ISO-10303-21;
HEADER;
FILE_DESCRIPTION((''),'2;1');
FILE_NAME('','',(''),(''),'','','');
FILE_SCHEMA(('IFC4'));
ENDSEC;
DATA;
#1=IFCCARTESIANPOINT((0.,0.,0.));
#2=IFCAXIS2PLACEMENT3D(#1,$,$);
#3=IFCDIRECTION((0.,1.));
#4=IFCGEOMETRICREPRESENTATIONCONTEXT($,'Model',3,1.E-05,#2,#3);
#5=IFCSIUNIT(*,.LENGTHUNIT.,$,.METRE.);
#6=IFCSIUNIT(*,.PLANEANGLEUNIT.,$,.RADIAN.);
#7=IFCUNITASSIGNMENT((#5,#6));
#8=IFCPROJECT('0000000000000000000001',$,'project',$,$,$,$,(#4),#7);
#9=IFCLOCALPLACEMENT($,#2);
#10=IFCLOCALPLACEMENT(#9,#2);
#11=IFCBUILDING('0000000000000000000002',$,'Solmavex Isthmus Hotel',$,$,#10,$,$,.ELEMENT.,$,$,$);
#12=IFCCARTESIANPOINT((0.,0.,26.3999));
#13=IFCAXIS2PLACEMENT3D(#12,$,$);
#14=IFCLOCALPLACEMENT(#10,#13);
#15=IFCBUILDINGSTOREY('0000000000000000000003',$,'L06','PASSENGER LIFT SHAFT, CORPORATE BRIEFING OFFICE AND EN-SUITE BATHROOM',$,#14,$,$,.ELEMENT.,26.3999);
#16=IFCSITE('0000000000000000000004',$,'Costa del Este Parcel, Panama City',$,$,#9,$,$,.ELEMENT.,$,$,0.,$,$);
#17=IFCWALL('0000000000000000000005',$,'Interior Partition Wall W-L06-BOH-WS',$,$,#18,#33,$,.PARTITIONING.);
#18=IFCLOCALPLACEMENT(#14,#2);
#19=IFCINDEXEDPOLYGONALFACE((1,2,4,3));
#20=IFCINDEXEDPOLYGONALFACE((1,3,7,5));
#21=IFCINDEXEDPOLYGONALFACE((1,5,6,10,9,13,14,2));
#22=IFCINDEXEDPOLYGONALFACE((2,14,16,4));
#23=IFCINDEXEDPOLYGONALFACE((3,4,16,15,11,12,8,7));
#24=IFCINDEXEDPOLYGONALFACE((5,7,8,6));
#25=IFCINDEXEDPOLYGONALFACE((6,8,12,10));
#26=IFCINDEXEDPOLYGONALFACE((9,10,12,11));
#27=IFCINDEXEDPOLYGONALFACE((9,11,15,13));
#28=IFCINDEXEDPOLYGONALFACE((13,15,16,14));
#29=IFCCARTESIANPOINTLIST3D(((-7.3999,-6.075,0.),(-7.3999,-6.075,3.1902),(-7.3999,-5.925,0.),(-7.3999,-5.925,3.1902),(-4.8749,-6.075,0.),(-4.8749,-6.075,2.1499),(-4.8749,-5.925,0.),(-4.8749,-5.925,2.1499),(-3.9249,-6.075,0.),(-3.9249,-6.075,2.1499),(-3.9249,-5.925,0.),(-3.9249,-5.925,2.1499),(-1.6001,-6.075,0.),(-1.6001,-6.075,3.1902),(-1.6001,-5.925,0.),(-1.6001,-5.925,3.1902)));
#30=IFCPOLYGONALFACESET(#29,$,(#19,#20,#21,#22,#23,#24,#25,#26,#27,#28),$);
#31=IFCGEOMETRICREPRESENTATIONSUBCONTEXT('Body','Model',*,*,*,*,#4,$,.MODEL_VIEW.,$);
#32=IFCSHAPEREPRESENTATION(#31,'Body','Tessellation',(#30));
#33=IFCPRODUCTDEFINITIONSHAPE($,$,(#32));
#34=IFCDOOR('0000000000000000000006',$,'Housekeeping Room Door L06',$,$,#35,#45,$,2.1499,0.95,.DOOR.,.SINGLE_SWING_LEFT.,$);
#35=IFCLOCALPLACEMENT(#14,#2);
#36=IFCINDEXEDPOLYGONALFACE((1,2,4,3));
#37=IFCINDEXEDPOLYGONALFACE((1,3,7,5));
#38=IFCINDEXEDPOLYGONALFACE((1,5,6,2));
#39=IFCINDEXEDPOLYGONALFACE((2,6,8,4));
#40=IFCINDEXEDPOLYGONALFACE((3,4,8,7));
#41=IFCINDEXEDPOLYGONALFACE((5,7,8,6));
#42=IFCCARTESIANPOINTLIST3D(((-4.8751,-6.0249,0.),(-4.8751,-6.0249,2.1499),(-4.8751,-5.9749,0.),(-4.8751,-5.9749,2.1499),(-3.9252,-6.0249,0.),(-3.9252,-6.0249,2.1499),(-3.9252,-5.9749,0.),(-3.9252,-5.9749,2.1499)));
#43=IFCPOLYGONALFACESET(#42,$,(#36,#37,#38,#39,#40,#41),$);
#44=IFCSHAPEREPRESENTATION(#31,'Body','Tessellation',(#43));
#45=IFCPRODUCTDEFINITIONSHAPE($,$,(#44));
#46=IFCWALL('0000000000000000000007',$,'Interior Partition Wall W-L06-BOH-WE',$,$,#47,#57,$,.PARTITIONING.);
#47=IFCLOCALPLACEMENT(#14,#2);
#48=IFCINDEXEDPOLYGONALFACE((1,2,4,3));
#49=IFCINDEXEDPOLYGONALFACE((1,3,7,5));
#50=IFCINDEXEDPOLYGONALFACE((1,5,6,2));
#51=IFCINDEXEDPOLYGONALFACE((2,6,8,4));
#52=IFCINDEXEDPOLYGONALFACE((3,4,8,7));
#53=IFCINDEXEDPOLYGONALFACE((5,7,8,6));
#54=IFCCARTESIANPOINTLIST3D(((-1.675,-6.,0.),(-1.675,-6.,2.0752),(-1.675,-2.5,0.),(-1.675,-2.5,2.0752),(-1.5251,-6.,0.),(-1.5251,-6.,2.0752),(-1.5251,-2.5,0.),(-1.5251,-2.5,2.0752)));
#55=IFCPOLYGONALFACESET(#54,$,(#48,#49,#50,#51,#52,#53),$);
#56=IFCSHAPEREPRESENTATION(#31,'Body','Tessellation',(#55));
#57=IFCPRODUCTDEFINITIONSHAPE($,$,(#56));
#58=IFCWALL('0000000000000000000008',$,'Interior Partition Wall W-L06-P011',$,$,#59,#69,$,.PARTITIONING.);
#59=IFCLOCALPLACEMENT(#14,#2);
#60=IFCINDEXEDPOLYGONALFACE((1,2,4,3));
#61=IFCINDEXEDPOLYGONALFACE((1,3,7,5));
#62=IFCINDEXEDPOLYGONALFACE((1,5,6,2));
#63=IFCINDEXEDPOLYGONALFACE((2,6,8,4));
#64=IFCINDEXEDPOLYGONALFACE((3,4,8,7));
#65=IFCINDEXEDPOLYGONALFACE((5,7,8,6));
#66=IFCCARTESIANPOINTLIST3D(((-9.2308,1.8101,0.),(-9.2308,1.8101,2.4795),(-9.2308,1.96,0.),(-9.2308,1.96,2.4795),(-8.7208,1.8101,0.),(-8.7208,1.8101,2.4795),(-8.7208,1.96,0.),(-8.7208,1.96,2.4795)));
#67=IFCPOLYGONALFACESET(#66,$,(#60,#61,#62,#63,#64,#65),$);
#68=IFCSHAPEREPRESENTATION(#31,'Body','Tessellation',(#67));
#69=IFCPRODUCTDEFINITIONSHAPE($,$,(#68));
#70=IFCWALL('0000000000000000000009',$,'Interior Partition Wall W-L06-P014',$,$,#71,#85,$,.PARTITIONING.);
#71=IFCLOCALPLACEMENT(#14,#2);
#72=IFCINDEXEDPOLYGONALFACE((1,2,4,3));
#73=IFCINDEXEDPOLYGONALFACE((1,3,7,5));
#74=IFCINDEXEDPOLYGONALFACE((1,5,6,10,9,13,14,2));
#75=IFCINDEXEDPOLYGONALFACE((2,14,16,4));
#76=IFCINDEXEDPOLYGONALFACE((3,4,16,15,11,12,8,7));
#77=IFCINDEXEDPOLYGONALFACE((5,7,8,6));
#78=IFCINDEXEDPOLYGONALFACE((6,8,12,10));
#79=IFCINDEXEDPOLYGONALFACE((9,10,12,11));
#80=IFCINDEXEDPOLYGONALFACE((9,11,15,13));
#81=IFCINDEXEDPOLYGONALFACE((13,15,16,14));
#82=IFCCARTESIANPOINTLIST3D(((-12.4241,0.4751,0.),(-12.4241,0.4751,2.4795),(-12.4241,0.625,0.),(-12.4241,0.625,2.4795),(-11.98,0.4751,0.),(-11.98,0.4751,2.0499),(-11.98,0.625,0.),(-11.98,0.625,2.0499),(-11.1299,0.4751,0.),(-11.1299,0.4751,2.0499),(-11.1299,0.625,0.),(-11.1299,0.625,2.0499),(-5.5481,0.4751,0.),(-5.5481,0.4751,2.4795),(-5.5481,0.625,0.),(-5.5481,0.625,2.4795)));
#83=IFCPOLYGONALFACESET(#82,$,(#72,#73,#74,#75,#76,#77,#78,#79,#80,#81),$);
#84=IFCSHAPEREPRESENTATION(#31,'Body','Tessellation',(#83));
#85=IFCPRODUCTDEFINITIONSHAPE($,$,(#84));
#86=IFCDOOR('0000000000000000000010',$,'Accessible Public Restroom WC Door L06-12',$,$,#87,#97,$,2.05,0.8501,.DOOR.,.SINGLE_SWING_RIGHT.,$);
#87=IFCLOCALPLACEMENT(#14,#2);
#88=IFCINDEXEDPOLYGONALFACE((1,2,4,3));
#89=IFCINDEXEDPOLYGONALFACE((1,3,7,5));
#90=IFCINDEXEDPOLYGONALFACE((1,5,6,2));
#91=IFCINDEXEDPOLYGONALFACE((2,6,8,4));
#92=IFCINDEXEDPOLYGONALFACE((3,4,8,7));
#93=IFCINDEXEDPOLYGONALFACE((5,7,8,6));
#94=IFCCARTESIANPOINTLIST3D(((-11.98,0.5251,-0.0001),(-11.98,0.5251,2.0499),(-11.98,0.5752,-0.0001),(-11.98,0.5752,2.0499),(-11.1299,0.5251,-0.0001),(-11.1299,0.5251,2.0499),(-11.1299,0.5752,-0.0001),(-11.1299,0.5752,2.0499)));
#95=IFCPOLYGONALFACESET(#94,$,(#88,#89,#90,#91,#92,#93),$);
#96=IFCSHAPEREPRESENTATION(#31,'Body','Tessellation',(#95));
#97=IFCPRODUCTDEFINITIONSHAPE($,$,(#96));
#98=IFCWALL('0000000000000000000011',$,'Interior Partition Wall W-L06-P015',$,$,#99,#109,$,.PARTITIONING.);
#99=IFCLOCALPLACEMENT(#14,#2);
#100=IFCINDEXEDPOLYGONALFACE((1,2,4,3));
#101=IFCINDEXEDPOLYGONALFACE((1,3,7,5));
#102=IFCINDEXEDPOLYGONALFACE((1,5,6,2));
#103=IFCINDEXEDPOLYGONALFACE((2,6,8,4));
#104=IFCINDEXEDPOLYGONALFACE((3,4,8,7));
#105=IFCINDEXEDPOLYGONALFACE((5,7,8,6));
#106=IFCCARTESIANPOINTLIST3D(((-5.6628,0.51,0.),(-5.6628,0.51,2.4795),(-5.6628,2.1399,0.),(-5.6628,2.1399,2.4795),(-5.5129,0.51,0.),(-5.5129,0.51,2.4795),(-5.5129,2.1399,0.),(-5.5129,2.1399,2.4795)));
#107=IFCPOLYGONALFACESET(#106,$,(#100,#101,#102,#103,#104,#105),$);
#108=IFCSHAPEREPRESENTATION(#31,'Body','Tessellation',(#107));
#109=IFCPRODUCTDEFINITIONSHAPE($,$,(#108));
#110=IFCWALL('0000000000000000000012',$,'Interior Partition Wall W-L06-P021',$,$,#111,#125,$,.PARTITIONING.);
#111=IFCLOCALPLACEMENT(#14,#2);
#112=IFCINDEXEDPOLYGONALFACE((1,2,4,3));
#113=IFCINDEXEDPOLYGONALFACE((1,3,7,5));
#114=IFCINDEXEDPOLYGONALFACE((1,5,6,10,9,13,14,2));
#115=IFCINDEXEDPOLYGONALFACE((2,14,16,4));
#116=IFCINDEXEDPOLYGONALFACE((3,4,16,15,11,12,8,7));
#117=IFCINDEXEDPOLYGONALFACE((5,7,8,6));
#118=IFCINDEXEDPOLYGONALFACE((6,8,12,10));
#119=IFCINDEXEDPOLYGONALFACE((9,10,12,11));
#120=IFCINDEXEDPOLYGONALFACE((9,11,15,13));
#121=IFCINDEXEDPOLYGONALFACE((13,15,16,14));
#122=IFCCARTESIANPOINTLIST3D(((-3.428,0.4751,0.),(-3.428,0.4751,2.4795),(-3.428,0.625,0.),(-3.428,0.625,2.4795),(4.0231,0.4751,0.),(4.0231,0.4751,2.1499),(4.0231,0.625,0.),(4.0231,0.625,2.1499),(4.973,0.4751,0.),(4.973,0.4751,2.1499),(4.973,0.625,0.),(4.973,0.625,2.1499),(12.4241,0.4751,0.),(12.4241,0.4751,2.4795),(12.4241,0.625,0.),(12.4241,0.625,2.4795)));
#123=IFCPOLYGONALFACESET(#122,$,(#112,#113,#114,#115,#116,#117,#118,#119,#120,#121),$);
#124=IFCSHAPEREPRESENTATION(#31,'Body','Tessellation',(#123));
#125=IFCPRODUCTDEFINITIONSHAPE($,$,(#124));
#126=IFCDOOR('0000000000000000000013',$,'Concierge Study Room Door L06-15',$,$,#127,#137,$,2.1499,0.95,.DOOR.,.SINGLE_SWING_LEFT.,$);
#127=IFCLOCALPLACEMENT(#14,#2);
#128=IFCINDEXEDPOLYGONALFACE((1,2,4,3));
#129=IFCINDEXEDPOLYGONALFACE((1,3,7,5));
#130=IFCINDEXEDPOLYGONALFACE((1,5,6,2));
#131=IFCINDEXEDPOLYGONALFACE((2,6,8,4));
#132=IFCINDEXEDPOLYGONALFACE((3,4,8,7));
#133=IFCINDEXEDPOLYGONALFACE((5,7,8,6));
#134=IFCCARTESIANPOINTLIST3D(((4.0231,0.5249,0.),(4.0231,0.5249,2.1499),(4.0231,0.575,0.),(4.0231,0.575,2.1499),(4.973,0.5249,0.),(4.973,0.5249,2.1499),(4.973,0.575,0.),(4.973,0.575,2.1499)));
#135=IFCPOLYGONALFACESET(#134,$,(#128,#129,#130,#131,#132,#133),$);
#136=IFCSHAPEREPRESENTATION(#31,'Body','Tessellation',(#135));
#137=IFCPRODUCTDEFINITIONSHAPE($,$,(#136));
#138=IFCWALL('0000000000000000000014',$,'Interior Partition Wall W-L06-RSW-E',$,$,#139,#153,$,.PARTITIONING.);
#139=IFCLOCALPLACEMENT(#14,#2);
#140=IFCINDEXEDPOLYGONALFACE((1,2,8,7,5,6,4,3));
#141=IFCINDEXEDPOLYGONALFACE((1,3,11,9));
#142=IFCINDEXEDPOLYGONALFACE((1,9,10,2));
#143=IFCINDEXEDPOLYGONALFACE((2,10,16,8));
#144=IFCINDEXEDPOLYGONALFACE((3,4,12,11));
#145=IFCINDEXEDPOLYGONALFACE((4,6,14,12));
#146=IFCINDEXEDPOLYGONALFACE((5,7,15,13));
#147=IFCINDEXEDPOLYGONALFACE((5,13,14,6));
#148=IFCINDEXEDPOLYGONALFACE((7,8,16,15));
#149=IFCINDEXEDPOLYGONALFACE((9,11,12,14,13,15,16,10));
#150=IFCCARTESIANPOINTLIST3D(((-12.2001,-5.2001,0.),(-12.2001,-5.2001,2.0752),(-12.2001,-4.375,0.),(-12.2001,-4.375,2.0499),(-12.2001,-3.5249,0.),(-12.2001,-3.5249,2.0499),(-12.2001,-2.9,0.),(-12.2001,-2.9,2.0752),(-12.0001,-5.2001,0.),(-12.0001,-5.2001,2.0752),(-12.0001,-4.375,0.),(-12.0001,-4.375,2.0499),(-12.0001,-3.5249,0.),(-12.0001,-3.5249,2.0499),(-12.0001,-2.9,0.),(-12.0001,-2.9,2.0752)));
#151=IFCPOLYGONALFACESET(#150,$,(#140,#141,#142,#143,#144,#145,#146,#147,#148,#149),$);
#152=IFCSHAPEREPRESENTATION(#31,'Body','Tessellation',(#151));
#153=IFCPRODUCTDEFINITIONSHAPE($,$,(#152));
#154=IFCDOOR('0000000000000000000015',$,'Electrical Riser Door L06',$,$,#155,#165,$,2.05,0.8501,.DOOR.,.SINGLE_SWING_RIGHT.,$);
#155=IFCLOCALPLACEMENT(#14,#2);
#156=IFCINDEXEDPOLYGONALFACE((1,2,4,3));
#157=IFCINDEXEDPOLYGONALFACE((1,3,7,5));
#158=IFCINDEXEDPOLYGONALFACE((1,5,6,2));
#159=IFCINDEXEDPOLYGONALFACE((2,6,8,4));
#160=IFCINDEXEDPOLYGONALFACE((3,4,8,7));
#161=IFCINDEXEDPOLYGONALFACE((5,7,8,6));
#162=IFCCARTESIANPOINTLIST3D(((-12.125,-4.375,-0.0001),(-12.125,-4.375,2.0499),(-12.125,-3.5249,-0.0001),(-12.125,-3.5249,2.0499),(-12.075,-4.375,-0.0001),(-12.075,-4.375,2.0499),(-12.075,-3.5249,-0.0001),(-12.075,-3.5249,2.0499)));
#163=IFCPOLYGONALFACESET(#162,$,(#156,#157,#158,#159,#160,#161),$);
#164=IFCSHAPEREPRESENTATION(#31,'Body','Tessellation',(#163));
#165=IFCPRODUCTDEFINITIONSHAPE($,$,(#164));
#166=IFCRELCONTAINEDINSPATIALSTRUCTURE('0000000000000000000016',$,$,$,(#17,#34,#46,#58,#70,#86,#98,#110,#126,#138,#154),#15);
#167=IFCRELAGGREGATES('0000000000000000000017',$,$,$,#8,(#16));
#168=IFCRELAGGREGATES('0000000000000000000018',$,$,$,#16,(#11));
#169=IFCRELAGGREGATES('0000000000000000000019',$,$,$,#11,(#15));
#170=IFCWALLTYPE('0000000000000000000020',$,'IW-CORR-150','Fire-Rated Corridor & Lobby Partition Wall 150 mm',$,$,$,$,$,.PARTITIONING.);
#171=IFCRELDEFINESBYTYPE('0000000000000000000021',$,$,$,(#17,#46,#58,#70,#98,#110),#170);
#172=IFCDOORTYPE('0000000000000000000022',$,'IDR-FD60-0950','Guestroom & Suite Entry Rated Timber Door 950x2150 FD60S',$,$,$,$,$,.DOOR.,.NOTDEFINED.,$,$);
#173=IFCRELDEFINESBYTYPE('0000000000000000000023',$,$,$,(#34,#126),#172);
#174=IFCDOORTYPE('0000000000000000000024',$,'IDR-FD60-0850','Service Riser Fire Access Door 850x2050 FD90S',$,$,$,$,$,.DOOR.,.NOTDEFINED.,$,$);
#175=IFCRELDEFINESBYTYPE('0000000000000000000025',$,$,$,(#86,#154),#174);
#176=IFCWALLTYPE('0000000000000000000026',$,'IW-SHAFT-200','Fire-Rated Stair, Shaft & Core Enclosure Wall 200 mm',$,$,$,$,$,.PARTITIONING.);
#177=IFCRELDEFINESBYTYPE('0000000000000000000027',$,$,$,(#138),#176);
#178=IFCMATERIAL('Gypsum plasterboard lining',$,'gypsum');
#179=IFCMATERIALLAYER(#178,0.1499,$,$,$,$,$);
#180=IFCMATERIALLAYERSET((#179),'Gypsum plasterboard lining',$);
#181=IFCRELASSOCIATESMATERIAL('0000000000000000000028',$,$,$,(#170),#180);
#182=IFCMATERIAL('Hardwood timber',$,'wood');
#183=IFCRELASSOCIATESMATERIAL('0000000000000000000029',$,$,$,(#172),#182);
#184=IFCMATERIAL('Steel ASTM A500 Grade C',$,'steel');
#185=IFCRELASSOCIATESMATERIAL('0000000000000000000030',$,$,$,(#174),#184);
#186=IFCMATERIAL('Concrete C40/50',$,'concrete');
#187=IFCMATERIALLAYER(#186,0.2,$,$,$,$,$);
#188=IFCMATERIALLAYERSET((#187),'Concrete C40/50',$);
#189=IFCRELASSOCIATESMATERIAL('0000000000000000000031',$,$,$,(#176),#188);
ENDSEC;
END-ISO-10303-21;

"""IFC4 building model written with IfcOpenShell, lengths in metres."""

from ifc_helpers import new_model, si_unit, direction, frame, frame_2d, origin, place, context, subcontext, project, spatial, rectangle, extrude, material, layer, layer_set, type_object, element, fill, save


model = new_model("IFC4")

# Units and contexts
model_context = context("Model", 3, precision=1e-05, world=origin(), true_north=direction((0.0, 1.0)))
body_context = subcontext(model_context, "Body", "Model", "MODEL_VIEW")
ifc_project = project(units=[si_unit("LENGTHUNIT", "METRE"), si_unit("PLANEANGLEUNIT", "RADIAN")], contexts=[model_context])

# Site, building, storey
site_placement = place(None, origin())
site = spatial("IfcSite", under=ifc_project, at=site_placement, Name="Costa del Este Parcel, Panama City", CompositionType="ELEMENT", RefElevation=0.0)
building_placement = place(site_placement, origin())
building = spatial("IfcBuilding", under=site, at=building_placement, Name="Solmavex Isthmus Hotel", CompositionType="ELEMENT")
storey_placement = place(building_placement, frame((0.0, 0.0, 26.3999)))
storey = spatial("IfcBuildingStorey", under=building, at=storey_placement, Name="L06", Description="PASSENGER LIFT SHAFT, CORPORATE BRIEFING OFFICE AND EN-SUITE BATHROOM", CompositionType="ELEMENT", Elevation=26.3999)

# Wall, opening, door
ifc_material_1 = material(Name="Gypsum plasterboard lining", Category="gypsum")
ifc_layer_1 = layer(ifc_material_1, 0.1499)
ifc_layer_set_1 = layer_set([ifc_layer_1], Name="Gypsum plasterboard lining")
wall_type_1 = type_object("IfcWallType", Name="IW-CORR-150", Description="Fire-Rated Corridor & Lobby Partition Wall 150 mm", PredefinedType="PARTITIONING", material=ifc_layer_set_1)
wall_1_placement = place(storey_placement, frame((-7.3999, -6.0, 0.0), z_axis=(0.0, 0.0, 1.0), x_axis=(1.0, 0.0, 0.0)))
wall_1 = element("IfcWall", 1, at=wall_1_placement, inside=storey, type_object=wall_type_1, Name="Interior Partition Wall W-L06-BOH-WS", PredefinedType="PARTITIONING", context=body_context, shape_type="SweptSolid", body=[
    extrude(rectangle(XDim=5.7998, YDim=0.1499, at=frame_2d((2.8999, 0.0))), origin(), (0.0, 0.0, 1.0), 3.1902),
])
opening_1_placement = place(wall_1_placement, frame((2.5249, 0.0, 0.0)))
opening_1 = element("IfcOpeningElement", 2, at=opening_1_placement, cuts=wall_1, PredefinedType="OPENING", context=body_context, shape_type="SweptSolid", body=[
    extrude(rectangle(XDim=0.95, YDim=2.1499, at=frame_2d((0.4751, 1.075))), frame((0.0, 0.085, 0.0), z_axis=(0.0, -1.0, 0.0), x_axis=(1.0, 0.0, 0.0)), (0.0, 0.0, 1.0), 0.1699),
])
ifc_material_2 = material(Name="Hardwood timber", Category="wood")
door_type_1 = type_object("IfcDoorType", Name="IDR-FD60-0950", Description="Guestroom & Suite Entry Rated Timber Door 950x2150 FD60S", OperationType="NOTDEFINED", PredefinedType="DOOR", material=ifc_material_2)
door_1_placement = place(opening_1_placement, frame((0.95, 0.0, 0.0), z_axis=(0.0, 0.0, 1.0), x_axis=(-1.0, 0.0, 0.0)))
door_1 = element("IfcDoor", 3, at=door_1_placement, inside=storey, type_object=door_type_1, Name="Housekeeping Room Door L06", OperationType="SINGLE_SWING_LEFT", OverallHeight=2.1499, OverallWidth=0.95, PredefinedType="DOOR", context=body_context, shape_type="SweptSolid", body=[
    extrude(rectangle(XDim=0.95, YDim=2.1499, at=frame_2d((0.4751, 1.075))), frame((0.0, 0.0249, 0.0), z_axis=(0.0, -1.0, 0.0), x_axis=(1.0, 0.0, 0.0)), (0.0, 0.0, 1.0), 0.05),
])
fill(opening_1, door_1)

# Walls
wall_2_placement = place(storey_placement, frame((-1.6001, -6.0, 0.0), z_axis=(0.0, 0.0, 1.0), x_axis=(0.0, 1.0, 0.0)))
element("IfcWall", 4, at=wall_2_placement, inside=storey, type_object=wall_type_1, Name="Interior Partition Wall W-L06-BOH-WE", PredefinedType="PARTITIONING", context=body_context, shape_type="SweptSolid", body=[
    extrude(rectangle(XDim=3.5, YDim=0.1499, at=frame_2d((1.75, 0.0))), origin(), (0.0, 0.0, 1.0), 2.0752),
])
wall_3_placement = place(storey_placement, frame((-8.7209, 1.885, 0.0), z_axis=(0.0, 0.0, 1.0), x_axis=(-1.0, 0.0, 0.0)))
element("IfcWall", 5, at=wall_3_placement, inside=storey, type_object=wall_type_1, Name="Interior Partition Wall W-L06-P011", PredefinedType="PARTITIONING", context=body_context, shape_type="SweptSolid", body=[
    extrude(rectangle(XDim=0.51, YDim=0.1499, at=frame_2d((0.2549, 0.0))), origin(), (0.0, 0.0, 1.0), 2.4795),
])

# Wall, opening, door
wall_4_placement = place(storey_placement, frame((-12.4241, 0.55, 0.0), z_axis=(0.0, 0.0, 1.0), x_axis=(1.0, 0.0, 0.0)))
wall_4 = element("IfcWall", 6, at=wall_4_placement, inside=storey, type_object=wall_type_1, Name="Interior Partition Wall W-L06-P014", PredefinedType="PARTITIONING", context=body_context, shape_type="SweptSolid", body=[
    extrude(rectangle(XDim=6.876, YDim=0.1499, at=frame_2d((3.438, 0.0))), origin(), (0.0, 0.0, 1.0), 2.4795),
])
opening_2_placement = place(wall_4_placement, frame((0.4441, 0.0, 0.0)))
opening_2 = element("IfcOpeningElement", 7, at=opening_2_placement, cuts=wall_4, PredefinedType="OPENING", context=body_context, shape_type="SweptSolid", body=[
    extrude(rectangle(XDim=0.8501, YDim=2.05, at=frame_2d((0.425, 1.0249))), frame((0.0, 0.085, 0.0), z_axis=(0.0, -1.0, 0.0), x_axis=(1.0, 0.0, 0.0)), (0.0, 0.0, 1.0), 0.1699),
])
ifc_material_3 = material(Name="Steel ASTM A500 Grade C", Category="steel")
door_type_2 = type_object("IfcDoorType", Name="IDR-FD60-0850", Description="Service Riser Fire Access Door 850x2050 FD90S", OperationType="NOTDEFINED", PredefinedType="DOOR", material=ifc_material_3)
door_2_placement = place(opening_2_placement, frame((0.8501, 0.0, 0.0), z_axis=(0.0, 0.0, 1.0), x_axis=(-1.0, 0.0, 0.0)))
door_2 = element("IfcDoor", 8, at=door_2_placement, inside=storey, type_object=door_type_2, Name="Accessible Public Restroom WC Door L06-12", OperationType="SINGLE_SWING_RIGHT", OverallHeight=2.05, OverallWidth=0.8501, PredefinedType="DOOR", context=body_context, shape_type="SweptSolid", body=[
    extrude(rectangle(XDim=0.8501, YDim=2.05, at=frame_2d((0.425, 1.0249))), frame((0.0, 0.0249, 0.0), z_axis=(0.0, -1.0, 0.0), x_axis=(1.0, 0.0, 0.0)), (0.0, 0.0, 1.0), 0.05),
])
fill(opening_2, door_2)

# Wall
wall_5_placement = place(storey_placement, frame((-5.5879, 0.51, 0.0), z_axis=(0.0, 0.0, 1.0), x_axis=(0.0, 1.0, 0.0)))
element("IfcWall", 9, at=wall_5_placement, inside=storey, type_object=wall_type_1, Name="Interior Partition Wall W-L06-P015", PredefinedType="PARTITIONING", context=body_context, shape_type="SweptSolid", body=[
    extrude(rectangle(XDim=1.6299, YDim=0.1499, at=frame_2d((0.8149, 0.0))), origin(), (0.0, 0.0, 1.0), 2.4795),
])

# Walls, openings, doors
wall_6_placement = place(storey_placement, frame((-3.428, 0.55, 0.0), z_axis=(0.0, 0.0, 1.0), x_axis=(1.0, 0.0, 0.0)))
wall_6 = element("IfcWall", 10, at=wall_6_placement, inside=storey, type_object=wall_type_1, Name="Interior Partition Wall W-L06-P021", PredefinedType="PARTITIONING", context=body_context, shape_type="SweptSolid", body=[
    extrude(rectangle(XDim=15.8521, YDim=0.1499, at=frame_2d((7.926, 0.0))), origin(), (0.0, 0.0, 1.0), 2.4795),
])
opening_3_placement = place(wall_6_placement, frame((7.4509, 0.0, 0.0)))
opening_3 = element("IfcOpeningElement", 11, at=opening_3_placement, cuts=wall_6, PredefinedType="OPENING", context=body_context, shape_type="SweptSolid", body=[
    extrude(rectangle(XDim=0.95, YDim=2.1499, at=frame_2d((0.4751, 1.075))), frame((0.0, 0.085, 0.0), z_axis=(0.0, -1.0, 0.0), x_axis=(1.0, 0.0, 0.0)), (0.0, 0.0, 1.0), 0.1699),
])
door_3_placement = place(opening_3_placement, origin())
door_3 = element("IfcDoor", 12, at=door_3_placement, inside=storey, type_object=door_type_1, Name="Concierge Study Room Door L06-15", OperationType="SINGLE_SWING_LEFT", OverallHeight=2.1499, OverallWidth=0.95, PredefinedType="DOOR", context=body_context, shape_type="SweptSolid", body=[
    extrude(rectangle(XDim=0.95, YDim=2.1499, at=frame_2d((0.4751, 1.075))), frame((0.0, 0.0249, 0.0), z_axis=(0.0, -1.0, 0.0), x_axis=(1.0, 0.0, 0.0)), (0.0, 0.0, 1.0), 0.05),
])
fill(opening_3, door_3)
ifc_material_4 = material(Name="Concrete C40/50", Category="concrete")
ifc_layer_2 = layer(ifc_material_4, 0.2)
ifc_layer_set_2 = layer_set([ifc_layer_2], Name="Concrete C40/50")
wall_type_2 = type_object("IfcWallType", Name="IW-SHAFT-200", Description="Fire-Rated Stair, Shaft & Core Enclosure Wall 200 mm", PredefinedType="PARTITIONING", material=ifc_layer_set_2)
wall_7_placement = place(storey_placement, frame((-12.1001, -5.2, 0.0), z_axis=(0.0, 0.0, 1.0), x_axis=(0.0, 1.0, 0.0)))
wall_7 = element("IfcWall", 13, at=wall_7_placement, inside=storey, type_object=wall_type_2, Name="Interior Partition Wall W-L06-RSW-E", PredefinedType="PARTITIONING", context=body_context, shape_type="SweptSolid", body=[
    extrude(rectangle(XDim=2.3, YDim=0.2, at=frame_2d((1.1499, 0.0))), origin(), (0.0, 0.0, 1.0), 2.0752),
])
opening_4_placement = place(wall_7_placement, frame((0.825, 0.0, 0.0)))
opening_4 = element("IfcOpeningElement", 14, at=opening_4_placement, cuts=wall_7, PredefinedType="OPENING", context=body_context, shape_type="SweptSolid", body=[
    extrude(rectangle(XDim=0.8501, YDim=2.05, at=frame_2d((0.425, 1.0249))), frame((0.0, 0.1099, 0.0), z_axis=(0.0, -1.0, 0.0), x_axis=(1.0, 0.0, 0.0)), (0.0, 0.0, 1.0), 0.22),
])
door_4_placement = place(opening_4_placement, origin())
door_4 = element("IfcDoor", 15, at=door_4_placement, inside=storey, type_object=door_type_2, Name="Electrical Riser Door L06", OperationType="SINGLE_SWING_RIGHT", OverallHeight=2.05, OverallWidth=0.8501, PredefinedType="DOOR", context=body_context, shape_type="SweptSolid", body=[
    extrude(rectangle(XDim=0.8501, YDim=2.05, at=frame_2d((0.425, 1.0249))), frame((0.0, 0.0249, 0.0), z_axis=(0.0, -1.0, 0.0), x_axis=(1.0, 0.0, 0.0)), (0.0, 0.0, 1.0), 0.05),
])
fill(opening_4, door_4)

save(model, "model.ifc")
